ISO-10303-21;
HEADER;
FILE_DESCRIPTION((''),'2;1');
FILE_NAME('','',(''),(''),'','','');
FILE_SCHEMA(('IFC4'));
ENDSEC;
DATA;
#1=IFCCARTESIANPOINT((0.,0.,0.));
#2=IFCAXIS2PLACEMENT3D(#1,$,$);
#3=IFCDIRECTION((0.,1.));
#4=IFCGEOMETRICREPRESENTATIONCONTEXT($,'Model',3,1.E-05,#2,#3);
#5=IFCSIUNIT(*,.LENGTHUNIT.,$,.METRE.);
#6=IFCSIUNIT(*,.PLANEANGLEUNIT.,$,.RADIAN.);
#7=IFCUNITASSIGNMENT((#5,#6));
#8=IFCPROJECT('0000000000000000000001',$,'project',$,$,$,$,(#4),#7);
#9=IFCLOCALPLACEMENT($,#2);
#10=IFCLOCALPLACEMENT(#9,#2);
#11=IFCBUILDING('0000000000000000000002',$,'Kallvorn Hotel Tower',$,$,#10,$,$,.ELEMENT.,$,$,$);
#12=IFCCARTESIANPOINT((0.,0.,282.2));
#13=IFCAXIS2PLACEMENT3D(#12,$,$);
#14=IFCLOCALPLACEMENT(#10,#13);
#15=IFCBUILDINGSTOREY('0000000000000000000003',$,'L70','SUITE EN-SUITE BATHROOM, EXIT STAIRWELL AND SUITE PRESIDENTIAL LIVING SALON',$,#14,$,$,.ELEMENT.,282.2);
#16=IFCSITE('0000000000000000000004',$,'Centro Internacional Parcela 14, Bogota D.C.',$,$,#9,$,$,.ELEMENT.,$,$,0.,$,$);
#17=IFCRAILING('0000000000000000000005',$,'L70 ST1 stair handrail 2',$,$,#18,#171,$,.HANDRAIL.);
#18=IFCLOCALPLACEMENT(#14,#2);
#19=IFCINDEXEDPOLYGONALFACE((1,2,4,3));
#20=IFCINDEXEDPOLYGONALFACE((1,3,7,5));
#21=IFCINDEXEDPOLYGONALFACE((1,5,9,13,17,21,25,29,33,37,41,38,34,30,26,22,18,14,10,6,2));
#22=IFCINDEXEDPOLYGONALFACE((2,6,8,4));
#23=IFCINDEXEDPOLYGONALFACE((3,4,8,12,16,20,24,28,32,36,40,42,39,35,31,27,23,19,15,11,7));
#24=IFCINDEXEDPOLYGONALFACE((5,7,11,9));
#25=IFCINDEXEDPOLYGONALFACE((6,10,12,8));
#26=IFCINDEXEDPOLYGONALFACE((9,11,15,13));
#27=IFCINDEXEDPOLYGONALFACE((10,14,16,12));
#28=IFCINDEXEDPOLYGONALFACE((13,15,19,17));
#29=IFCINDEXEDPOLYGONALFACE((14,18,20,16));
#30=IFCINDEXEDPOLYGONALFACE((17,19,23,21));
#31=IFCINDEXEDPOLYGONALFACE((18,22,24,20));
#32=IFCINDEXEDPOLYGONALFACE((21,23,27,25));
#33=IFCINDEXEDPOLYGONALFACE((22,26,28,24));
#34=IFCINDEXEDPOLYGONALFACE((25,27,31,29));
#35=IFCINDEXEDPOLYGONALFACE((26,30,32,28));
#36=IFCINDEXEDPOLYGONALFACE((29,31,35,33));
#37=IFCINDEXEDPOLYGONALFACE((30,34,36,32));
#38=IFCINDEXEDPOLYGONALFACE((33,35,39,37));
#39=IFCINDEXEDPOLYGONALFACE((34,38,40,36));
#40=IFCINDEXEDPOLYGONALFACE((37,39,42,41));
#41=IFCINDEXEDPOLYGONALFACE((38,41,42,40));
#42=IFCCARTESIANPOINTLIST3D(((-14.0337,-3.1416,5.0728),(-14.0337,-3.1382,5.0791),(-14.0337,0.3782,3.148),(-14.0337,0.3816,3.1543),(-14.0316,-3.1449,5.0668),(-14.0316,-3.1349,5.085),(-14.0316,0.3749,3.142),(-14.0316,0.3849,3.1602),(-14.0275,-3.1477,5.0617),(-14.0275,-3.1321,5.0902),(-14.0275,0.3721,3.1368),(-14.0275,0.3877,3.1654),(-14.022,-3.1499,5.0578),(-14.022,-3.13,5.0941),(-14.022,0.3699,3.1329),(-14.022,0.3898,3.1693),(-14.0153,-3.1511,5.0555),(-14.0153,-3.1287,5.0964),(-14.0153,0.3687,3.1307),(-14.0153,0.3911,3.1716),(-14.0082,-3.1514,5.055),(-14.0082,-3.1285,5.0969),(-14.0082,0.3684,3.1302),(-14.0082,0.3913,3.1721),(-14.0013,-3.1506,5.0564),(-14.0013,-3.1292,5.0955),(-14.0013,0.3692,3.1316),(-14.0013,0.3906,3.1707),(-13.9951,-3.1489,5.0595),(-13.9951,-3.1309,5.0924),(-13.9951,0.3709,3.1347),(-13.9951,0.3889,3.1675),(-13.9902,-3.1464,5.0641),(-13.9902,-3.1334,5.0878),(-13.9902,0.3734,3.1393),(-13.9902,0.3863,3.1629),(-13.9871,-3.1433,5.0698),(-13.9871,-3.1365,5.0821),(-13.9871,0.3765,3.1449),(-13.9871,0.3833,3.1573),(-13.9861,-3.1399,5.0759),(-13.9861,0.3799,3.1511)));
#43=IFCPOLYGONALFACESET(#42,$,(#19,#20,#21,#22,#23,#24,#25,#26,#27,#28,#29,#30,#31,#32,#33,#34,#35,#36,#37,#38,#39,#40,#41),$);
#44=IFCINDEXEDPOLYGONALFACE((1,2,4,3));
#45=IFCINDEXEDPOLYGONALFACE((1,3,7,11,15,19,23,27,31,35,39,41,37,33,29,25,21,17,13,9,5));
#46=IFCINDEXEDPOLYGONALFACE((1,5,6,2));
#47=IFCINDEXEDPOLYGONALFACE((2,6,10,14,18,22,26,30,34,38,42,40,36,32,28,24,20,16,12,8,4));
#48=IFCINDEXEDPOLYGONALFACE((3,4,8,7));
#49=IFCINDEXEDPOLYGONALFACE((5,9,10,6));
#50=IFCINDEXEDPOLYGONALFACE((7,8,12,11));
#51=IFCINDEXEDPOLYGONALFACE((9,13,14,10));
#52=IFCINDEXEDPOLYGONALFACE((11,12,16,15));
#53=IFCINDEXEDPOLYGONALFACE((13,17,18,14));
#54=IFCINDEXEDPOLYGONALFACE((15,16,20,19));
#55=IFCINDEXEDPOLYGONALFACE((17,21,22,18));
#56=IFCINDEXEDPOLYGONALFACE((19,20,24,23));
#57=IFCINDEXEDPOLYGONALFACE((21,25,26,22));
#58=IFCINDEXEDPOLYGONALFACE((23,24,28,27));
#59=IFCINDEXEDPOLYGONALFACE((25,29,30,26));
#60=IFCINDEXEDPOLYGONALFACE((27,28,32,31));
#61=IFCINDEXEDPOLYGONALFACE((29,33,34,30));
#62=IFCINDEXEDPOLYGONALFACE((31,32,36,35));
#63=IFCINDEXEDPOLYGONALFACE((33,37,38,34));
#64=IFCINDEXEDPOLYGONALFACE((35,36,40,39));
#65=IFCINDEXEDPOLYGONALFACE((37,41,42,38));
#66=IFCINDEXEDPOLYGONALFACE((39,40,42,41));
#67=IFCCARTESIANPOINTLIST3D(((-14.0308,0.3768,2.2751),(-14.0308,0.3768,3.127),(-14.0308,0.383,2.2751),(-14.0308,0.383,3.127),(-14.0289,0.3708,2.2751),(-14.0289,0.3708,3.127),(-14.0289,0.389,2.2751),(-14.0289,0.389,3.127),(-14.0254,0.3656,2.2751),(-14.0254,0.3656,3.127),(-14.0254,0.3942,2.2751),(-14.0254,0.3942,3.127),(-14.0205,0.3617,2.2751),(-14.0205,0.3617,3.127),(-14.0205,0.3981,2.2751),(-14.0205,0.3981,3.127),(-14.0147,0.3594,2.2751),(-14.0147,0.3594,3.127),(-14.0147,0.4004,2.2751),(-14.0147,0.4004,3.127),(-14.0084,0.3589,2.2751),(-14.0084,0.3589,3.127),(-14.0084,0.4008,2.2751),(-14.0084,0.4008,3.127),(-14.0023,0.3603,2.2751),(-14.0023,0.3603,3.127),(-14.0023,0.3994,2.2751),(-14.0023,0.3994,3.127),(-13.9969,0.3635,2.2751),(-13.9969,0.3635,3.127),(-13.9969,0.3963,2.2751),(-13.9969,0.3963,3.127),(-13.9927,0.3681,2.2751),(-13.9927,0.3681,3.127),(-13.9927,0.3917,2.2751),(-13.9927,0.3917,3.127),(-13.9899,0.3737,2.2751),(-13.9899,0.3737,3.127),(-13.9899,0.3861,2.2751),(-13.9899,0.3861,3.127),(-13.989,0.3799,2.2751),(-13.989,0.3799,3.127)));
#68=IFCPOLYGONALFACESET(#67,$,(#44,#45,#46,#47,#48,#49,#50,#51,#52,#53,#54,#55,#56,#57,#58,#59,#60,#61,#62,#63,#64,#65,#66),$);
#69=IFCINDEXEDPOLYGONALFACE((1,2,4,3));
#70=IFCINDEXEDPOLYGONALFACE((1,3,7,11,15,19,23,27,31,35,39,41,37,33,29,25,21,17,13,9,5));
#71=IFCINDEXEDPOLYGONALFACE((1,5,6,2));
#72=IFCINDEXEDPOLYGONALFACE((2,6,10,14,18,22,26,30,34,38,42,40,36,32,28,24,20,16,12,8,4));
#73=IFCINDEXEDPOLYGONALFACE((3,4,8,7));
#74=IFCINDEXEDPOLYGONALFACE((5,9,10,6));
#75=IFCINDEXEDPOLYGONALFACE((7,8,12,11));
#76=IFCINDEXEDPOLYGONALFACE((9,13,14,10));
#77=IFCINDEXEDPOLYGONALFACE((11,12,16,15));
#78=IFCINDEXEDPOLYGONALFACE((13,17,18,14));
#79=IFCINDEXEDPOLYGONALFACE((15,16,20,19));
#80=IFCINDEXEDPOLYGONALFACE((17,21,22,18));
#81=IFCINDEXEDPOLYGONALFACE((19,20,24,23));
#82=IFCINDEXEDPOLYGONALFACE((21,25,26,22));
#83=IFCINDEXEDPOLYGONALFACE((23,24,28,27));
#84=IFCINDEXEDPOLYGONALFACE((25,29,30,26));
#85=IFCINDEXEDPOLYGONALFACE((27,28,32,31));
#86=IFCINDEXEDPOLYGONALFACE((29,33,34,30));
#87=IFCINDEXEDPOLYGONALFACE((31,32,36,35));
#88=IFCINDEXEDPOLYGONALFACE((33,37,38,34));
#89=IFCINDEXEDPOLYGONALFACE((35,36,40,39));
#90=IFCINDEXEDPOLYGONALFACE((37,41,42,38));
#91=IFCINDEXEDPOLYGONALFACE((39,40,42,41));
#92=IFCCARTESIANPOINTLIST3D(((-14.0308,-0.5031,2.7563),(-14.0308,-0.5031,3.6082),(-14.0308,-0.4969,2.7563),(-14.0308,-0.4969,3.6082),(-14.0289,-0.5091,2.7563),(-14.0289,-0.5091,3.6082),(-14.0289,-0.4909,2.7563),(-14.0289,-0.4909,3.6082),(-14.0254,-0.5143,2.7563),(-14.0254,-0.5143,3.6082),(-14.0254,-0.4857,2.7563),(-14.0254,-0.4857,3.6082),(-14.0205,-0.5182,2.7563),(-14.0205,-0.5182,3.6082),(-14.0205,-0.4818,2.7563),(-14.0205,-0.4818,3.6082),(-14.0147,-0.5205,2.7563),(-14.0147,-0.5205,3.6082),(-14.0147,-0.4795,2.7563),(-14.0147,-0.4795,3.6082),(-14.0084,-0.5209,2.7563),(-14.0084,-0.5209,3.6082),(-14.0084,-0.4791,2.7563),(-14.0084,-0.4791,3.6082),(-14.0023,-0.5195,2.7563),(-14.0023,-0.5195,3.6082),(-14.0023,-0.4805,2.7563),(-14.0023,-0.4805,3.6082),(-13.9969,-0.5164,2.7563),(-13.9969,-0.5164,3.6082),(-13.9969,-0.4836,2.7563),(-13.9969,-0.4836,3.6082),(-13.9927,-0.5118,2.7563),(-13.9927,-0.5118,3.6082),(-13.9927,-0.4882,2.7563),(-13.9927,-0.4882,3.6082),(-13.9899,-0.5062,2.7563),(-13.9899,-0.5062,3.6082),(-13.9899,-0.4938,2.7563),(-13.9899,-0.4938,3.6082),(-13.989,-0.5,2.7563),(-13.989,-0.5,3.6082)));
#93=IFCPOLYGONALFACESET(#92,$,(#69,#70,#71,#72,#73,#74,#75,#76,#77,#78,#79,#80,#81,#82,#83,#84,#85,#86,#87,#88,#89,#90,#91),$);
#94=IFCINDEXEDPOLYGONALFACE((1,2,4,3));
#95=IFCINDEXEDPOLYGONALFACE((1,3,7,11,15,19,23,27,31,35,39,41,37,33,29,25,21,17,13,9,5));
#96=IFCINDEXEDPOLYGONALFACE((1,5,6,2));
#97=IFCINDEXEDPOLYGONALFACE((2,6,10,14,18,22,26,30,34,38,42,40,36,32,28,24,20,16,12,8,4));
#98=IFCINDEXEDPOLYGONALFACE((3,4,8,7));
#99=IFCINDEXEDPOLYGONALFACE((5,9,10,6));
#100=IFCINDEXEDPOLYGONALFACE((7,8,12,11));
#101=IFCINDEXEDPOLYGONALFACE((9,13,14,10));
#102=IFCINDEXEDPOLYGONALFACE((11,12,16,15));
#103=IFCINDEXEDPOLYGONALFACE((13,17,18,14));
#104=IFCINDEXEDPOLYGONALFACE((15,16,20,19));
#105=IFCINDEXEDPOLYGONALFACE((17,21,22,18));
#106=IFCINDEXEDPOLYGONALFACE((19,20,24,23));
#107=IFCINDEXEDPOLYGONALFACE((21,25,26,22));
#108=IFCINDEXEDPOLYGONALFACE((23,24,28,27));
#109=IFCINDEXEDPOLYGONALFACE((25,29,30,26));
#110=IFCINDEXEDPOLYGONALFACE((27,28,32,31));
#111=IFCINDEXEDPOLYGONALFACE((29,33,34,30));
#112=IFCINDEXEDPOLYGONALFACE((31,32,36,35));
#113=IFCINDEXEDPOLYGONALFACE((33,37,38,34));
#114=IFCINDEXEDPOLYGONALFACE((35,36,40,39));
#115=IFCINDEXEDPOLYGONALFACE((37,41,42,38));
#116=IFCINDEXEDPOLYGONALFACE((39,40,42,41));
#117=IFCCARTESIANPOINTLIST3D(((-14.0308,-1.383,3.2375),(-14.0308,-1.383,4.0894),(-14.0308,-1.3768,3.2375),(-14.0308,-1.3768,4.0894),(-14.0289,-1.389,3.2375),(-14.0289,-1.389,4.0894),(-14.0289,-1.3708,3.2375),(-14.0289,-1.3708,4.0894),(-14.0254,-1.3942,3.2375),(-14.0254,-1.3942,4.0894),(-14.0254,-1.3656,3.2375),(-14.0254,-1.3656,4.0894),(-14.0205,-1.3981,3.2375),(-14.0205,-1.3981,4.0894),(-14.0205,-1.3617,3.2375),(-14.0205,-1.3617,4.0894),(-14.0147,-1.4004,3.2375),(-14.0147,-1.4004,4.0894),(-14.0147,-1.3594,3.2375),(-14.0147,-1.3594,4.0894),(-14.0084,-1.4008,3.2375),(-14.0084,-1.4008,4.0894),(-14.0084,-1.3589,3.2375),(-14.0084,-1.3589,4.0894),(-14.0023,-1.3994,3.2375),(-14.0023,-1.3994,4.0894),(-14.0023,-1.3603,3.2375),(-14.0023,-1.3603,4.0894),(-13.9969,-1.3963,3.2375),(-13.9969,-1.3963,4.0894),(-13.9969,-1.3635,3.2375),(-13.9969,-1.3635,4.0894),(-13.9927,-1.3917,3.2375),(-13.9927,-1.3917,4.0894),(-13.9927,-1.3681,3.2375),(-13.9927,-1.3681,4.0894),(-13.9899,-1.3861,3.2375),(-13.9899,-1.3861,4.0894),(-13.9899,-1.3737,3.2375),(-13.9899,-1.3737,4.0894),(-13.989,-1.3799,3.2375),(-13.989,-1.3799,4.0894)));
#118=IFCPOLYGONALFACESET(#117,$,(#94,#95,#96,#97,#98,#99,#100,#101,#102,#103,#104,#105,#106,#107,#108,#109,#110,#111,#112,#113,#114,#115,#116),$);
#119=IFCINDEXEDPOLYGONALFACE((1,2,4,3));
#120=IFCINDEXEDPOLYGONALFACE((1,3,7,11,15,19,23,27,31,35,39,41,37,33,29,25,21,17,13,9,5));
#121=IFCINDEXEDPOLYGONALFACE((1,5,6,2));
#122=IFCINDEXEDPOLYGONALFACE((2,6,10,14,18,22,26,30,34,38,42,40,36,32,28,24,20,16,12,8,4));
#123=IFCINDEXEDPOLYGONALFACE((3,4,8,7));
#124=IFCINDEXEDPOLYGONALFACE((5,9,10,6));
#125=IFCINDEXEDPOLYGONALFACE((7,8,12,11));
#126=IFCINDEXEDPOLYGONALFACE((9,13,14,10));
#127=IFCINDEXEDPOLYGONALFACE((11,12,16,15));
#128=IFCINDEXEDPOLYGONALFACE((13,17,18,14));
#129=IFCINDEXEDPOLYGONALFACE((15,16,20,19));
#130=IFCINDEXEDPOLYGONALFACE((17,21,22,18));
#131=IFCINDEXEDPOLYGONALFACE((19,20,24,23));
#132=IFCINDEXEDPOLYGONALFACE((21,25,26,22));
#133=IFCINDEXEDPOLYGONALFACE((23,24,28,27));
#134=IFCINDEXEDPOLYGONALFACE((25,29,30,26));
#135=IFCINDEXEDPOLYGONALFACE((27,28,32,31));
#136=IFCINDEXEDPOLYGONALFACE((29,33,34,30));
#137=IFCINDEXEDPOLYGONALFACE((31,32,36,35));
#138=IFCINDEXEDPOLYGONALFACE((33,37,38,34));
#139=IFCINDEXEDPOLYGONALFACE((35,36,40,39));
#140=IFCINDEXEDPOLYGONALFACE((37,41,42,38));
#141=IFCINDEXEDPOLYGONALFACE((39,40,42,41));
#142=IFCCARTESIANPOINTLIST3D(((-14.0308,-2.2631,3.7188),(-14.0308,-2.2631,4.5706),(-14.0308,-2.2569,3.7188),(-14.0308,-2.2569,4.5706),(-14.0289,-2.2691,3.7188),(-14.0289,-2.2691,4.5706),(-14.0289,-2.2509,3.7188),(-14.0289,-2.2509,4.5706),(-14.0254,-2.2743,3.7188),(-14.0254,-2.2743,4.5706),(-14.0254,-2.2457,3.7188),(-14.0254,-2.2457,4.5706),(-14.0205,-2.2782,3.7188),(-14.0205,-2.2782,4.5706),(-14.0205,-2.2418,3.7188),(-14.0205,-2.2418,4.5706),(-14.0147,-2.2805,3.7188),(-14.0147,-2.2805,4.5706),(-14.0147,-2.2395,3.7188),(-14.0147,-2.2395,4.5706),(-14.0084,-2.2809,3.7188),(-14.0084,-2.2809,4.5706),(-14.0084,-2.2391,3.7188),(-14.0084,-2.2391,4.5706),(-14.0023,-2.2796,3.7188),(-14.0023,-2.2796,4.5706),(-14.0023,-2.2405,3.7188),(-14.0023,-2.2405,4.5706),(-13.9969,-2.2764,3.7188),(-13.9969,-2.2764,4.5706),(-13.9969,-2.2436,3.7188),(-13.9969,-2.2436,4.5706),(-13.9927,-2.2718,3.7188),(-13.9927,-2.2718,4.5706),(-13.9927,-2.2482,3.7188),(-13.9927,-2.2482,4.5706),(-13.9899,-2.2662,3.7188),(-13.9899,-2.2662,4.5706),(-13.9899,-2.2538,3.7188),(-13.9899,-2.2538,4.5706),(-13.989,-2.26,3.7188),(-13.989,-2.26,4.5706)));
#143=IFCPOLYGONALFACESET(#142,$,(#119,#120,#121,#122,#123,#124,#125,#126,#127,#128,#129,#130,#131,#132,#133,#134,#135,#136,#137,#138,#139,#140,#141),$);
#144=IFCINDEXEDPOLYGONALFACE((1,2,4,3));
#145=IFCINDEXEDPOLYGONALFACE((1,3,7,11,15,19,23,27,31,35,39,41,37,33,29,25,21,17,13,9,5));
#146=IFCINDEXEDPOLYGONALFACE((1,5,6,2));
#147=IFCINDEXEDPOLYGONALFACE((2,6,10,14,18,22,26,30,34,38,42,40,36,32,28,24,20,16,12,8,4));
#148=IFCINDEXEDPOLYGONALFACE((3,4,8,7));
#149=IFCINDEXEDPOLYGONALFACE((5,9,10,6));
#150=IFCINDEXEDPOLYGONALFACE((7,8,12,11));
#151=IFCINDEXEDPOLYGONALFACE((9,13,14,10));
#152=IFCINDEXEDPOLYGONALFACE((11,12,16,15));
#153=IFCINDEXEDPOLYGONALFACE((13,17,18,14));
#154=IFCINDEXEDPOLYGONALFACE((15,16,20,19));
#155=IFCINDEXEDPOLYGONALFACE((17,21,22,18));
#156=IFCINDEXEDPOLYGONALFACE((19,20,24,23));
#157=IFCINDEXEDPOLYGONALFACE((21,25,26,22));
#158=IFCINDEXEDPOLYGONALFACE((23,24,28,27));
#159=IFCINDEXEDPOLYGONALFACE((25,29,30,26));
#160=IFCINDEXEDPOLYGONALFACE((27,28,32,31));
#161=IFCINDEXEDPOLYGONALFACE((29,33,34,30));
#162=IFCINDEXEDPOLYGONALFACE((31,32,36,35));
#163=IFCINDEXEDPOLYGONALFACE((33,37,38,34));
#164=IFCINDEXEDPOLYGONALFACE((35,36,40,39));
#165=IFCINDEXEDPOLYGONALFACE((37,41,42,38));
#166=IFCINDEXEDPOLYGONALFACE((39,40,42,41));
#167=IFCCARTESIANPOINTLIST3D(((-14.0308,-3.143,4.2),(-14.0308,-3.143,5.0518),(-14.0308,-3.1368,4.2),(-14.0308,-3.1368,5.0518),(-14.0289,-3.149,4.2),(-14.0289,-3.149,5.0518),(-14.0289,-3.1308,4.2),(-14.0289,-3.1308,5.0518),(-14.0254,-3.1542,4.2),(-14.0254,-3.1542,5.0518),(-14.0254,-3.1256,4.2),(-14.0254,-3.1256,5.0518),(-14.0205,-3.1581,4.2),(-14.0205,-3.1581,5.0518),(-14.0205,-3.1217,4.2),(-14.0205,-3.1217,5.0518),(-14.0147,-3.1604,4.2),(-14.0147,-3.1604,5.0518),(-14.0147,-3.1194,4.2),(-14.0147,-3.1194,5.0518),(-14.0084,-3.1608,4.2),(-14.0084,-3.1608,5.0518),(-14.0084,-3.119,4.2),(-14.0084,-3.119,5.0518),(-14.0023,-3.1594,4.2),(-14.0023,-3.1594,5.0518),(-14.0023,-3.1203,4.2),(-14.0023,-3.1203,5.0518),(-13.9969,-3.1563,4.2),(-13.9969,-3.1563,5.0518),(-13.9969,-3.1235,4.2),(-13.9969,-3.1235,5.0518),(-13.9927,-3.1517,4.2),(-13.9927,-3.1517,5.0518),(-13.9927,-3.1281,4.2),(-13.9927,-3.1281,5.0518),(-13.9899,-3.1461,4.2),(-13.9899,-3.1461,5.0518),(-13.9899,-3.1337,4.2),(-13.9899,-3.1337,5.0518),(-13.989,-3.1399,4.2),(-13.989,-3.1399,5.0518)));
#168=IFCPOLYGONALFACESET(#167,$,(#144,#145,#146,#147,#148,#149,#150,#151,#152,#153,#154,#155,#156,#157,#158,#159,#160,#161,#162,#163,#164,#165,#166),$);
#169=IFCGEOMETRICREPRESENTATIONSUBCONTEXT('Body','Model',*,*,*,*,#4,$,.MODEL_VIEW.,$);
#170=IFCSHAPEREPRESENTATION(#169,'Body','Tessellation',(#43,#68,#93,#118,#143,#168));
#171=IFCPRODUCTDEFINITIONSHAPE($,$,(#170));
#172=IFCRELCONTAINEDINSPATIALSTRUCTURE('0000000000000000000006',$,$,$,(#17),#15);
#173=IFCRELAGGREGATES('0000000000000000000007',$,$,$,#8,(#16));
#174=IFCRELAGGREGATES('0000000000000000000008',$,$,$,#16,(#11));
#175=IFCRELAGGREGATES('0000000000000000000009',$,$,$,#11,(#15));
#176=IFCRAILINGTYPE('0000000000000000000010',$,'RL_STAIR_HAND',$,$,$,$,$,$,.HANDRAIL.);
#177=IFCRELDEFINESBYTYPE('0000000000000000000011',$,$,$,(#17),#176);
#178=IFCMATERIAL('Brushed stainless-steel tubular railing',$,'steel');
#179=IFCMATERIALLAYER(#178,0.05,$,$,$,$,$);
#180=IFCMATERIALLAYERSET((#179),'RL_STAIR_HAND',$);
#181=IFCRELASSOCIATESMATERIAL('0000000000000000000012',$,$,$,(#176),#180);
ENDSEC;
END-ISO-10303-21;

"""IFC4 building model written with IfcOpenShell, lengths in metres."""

from ifc_helpers import new_model, si_unit, direction, frame, origin, origin_2d, place, context, subcontext, project, spatial, circle, extrude, material, layer, layer_set, type_object, element, save


model = new_model("IFC4")

# Units and contexts
model_context = context("Model", 3, precision=1e-05, world=origin(), true_north=direction((0.0, 1.0)))
body_context = subcontext(model_context, "Body", "Model", "MODEL_VIEW")
ifc_project = project(units=[si_unit("LENGTHUNIT", "METRE"), si_unit("PLANEANGLEUNIT", "RADIAN")], contexts=[model_context])

# Site, building, storey
site_placement = place(None, origin())
site = spatial("IfcSite", under=ifc_project, at=site_placement, Name="Centro Internacional Parcela 14, Bogota D.C.", CompositionType="ELEMENT", RefElevation=0.0)
building_placement = place(site_placement, origin())
building = spatial("IfcBuilding", under=site, at=building_placement, Name="Kallvorn Hotel Tower", CompositionType="ELEMENT")
storey_placement = place(building_placement, frame((0.0, 0.0, 282.2)))
storey = spatial("IfcBuildingStorey", under=building, at=storey_placement, Name="L70", Description="SUITE EN-SUITE BATHROOM, EXIT STAIRWELL AND SUITE PRESIDENTIAL LIVING SALON", CompositionType="ELEMENT", Elevation=282.2)

# Railing
ifc_material_1 = material(Name="Brushed stainless-steel tubular railing", Category="steel")
ifc_layer_1 = layer(ifc_material_1, 0.05)
ifc_layer_set_1 = layer_set([ifc_layer_1], Name="RL_STAIR_HAND")
railing_type = type_object("IfcRailingType", Name="RL_STAIR_HAND", PredefinedType="HANDRAIL", material=ifc_layer_set_1)
railing_placement = place(storey_placement, frame((-14.01, 0.3799, 2.2751)))
element("IfcRailing", 1, at=railing_placement, inside=storey, type_object=railing_type, Name="L70 ST1 stair handrail 2", PredefinedType="HANDRAIL", context=body_context, shape_type="SweptSolid", body=[
    extrude(circle(Radius=0.0239, at=origin_2d()), frame((0.0, 0.0, 0.876), z_axis=(0.0, -0.877379, 0.479798), x_axis=(1.0, 0.0, 0.0)), (0.0, 0.0, 1.0), 4.0117),
    extrude(circle(Radius=0.021, at=origin_2d()), origin(), (0.0, 0.0, 1.0), 0.8518),
    extrude(circle(Radius=0.021, at=origin_2d()), frame((0.0, -0.8799, 0.4812)), (0.0, 0.0, 1.0), 0.8518),
    extrude(circle(Radius=0.021, at=origin_2d()), frame((0.0, -1.7598, 0.9624)), (0.0, 0.0, 1.0), 0.8518),
    extrude(circle(Radius=0.021, at=origin_2d()), frame((0.0, -2.6399, 1.4436)), (0.0, 0.0, 1.0), 0.8518),
    extrude(circle(Radius=0.021, at=origin_2d()), frame((0.0, -3.5198, 1.9248)), (0.0, 0.0, 1.0), 0.8518),
])

save(model, "model.ifc")
